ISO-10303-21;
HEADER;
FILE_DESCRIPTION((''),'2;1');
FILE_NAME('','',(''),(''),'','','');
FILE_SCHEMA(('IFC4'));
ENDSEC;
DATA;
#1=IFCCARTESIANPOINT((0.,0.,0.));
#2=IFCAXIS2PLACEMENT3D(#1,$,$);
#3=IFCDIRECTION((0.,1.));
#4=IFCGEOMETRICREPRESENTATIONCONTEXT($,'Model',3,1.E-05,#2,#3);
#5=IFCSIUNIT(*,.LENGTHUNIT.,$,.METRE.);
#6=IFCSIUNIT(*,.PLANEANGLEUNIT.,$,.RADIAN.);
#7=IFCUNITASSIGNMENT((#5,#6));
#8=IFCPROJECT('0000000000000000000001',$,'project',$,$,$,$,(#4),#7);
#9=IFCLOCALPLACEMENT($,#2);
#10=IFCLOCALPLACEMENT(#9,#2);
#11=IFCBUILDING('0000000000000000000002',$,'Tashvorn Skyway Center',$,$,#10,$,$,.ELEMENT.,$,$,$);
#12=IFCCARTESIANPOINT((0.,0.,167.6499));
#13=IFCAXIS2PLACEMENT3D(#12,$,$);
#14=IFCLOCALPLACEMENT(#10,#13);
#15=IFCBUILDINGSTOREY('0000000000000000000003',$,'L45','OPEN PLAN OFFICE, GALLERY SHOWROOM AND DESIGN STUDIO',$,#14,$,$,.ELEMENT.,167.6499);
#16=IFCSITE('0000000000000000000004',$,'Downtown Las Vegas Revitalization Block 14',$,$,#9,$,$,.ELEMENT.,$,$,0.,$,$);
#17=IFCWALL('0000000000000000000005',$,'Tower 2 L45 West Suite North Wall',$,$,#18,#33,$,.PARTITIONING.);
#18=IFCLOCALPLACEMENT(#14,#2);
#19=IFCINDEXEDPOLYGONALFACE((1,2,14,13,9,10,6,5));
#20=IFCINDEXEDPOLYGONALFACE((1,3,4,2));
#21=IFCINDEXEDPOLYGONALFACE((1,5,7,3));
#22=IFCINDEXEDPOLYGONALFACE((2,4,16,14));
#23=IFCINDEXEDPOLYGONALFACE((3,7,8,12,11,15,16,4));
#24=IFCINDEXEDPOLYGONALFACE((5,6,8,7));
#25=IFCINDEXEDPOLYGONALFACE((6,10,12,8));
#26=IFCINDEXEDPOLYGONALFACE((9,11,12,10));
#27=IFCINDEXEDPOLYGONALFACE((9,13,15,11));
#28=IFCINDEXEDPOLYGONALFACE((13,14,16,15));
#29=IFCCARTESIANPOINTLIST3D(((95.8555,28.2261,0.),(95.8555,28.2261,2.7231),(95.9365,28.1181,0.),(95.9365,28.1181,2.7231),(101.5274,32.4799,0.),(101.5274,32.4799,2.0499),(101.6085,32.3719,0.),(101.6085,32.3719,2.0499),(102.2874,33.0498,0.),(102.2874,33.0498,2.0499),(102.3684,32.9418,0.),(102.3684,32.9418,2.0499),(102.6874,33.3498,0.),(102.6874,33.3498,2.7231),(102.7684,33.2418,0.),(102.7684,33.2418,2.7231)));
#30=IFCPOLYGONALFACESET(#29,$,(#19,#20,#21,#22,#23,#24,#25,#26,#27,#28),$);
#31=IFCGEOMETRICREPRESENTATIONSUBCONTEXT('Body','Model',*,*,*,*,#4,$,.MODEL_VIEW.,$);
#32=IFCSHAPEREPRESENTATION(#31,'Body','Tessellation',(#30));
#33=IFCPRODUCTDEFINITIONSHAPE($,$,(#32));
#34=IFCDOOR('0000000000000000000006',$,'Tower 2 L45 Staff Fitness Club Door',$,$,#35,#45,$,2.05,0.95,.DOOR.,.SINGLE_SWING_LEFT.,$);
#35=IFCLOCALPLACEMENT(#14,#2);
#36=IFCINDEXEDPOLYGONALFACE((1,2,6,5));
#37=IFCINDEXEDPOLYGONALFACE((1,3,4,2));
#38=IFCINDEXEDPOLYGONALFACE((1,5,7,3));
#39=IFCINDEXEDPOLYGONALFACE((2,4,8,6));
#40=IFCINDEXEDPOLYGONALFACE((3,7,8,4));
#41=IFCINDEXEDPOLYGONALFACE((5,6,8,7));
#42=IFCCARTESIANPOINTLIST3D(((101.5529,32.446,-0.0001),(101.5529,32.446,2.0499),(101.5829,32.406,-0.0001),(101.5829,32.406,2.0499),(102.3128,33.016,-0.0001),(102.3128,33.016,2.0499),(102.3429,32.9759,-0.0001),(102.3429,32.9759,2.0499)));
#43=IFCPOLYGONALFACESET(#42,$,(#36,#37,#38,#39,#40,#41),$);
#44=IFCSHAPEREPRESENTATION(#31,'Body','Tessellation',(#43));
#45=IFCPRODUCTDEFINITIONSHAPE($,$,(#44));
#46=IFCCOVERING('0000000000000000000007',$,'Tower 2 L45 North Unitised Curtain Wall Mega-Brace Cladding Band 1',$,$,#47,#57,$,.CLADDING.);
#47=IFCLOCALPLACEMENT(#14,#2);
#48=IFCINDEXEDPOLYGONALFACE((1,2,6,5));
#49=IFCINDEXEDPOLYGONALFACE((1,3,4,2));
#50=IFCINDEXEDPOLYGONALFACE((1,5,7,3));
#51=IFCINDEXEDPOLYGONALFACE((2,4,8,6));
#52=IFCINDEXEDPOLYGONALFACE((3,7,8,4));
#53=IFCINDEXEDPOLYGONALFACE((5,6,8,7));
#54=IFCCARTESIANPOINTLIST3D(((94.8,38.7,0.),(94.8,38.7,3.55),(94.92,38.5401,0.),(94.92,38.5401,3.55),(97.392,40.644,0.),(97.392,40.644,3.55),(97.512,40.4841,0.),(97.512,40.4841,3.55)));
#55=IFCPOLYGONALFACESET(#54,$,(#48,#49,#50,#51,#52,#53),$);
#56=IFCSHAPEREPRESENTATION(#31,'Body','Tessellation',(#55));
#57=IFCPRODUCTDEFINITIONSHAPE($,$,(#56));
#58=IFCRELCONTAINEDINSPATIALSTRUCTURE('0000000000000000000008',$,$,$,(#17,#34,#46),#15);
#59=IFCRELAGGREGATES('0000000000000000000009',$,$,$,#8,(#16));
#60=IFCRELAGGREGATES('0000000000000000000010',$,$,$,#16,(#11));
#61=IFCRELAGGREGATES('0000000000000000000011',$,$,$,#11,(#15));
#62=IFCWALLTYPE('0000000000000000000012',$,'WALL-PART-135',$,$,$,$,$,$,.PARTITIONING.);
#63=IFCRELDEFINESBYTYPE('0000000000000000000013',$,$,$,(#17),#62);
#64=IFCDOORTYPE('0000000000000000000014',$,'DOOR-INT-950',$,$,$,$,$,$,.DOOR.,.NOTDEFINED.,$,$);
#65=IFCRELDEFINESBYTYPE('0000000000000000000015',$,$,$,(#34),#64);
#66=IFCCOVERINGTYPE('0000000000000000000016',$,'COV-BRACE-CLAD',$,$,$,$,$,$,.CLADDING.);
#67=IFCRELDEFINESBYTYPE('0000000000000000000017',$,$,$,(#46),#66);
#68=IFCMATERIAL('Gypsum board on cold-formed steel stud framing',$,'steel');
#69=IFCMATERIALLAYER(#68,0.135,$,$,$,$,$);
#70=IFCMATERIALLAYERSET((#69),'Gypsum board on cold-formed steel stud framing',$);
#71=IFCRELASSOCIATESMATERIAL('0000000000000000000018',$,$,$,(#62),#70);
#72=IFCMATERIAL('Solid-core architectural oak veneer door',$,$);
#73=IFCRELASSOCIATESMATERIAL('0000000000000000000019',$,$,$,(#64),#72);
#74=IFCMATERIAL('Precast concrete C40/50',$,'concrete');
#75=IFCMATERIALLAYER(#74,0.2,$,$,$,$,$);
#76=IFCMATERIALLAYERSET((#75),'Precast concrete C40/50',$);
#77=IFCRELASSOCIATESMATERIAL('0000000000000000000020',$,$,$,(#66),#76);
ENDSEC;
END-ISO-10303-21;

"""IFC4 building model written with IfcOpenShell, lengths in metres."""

from ifc_helpers import new_model, si_unit, direction, frame, frame_2d, origin, origin_2d, place, context, subcontext, project, spatial, rectangle, extrude, material, layer, layer_set, type_object, element, fill, save


model = new_model("IFC4")

# Units and contexts
model_context = context("Model", 3, precision=1e-05, world=origin(), true_north=direction((0.0, 1.0)))
body_context = subcontext(model_context, "Body", "Model", "MODEL_VIEW")
ifc_project = project(units=[si_unit("LENGTHUNIT", "METRE"), si_unit("PLANEANGLEUNIT", "RADIAN")], contexts=[model_context])

# Site, building, storey
site_placement = place(None, origin())
site = spatial("IfcSite", under=ifc_project, at=site_placement, Name="Downtown Las Vegas Revitalization Block 14", CompositionType="ELEMENT", RefElevation=0.0)
building_placement = place(site_placement, origin())
building = spatial("IfcBuilding", under=site, at=building_placement, Name="Tashvorn Skyway Center", CompositionType="ELEMENT")
storey_placement = place(building_placement, frame((0.0, 0.0, 167.6499)))
storey = spatial("IfcBuildingStorey", under=building, at=storey_placement, Name="L45", Description="OPEN PLAN OFFICE, GALLERY SHOWROOM AND DESIGN STUDIO", CompositionType="ELEMENT", Elevation=167.6499)

# Shared definitions
ifc_material_1 = material(Name="Gypsum board on cold-formed steel stud framing", Category="steel")

# Shared definitions
ifc_layer_1 = layer(ifc_material_1, 0.135)
ifc_layer_set_1 = layer_set([ifc_layer_1], Name="Gypsum board on cold-formed steel stud framing")
wall_type_1 = type_object("IfcWallType", Name="WALL-PART-135", PredefinedType="PARTITIONING", material=ifc_layer_set_1)
ifc_material_2 = material(Name="Solid-core architectural oak veneer door")
door_type = type_object("IfcDoorType", Name="DOOR-INT-950", OperationType="NOTDEFINED", PredefinedType="DOOR", material=ifc_material_2)

# Wall, opening, door
wall_1_placement = place(storey_placement, frame((102.728, 33.2959, 0.0), z_axis=(0.0, 0.0, 1.0), x_axis=(-0.800014, -0.599982, 0.0)))
wall_1 = element("IfcWall", 1, at=wall_1_placement, inside=storey, type_object=wall_type_1, Name="Tower 2 L45 West Suite North Wall", PredefinedType="PARTITIONING", context=body_context, shape_type="SweptSolid", body=[
    extrude(rectangle(XDim=8.5398, YDim=0.135, at=frame_2d((4.27, 0.0))), origin(), (0.0, 0.0, 1.0), 2.7231),
])
opening_1_placement = place(wall_1_placement, frame((0.5, 0.0, 0.0)))
opening_1 = element("IfcOpeningElement", 2, at=opening_1_placement, cuts=wall_1, PredefinedType="OPENING", context=body_context, shape_type="SweptSolid", body=[
    extrude(rectangle(XDim=0.95, YDim=2.05, at=frame_2d((0.4751, 1.0249))), frame((0.0, 0.0774, 0.0), z_axis=(0.0, -1.0, 0.0), x_axis=(1.0, 0.0, 0.0)), (0.0, 0.0, 1.0), 0.155),
])
door_1_placement = place(opening_1_placement, origin())
door_1 = element("IfcDoor", 3, at=door_1_placement, inside=storey, type_object=door_type, Name="Tower 2 L45 Staff Fitness Club Door", OperationType="SINGLE_SWING_LEFT", OverallHeight=2.05, OverallWidth=0.95, PredefinedType="DOOR", context=body_context, shape_type="SweptSolid", body=[
    extrude(rectangle(XDim=0.95, YDim=2.05, at=frame_2d((0.4751, 1.0249))), frame((0.0, 0.0249, 0.0), z_axis=(0.0, -1.0, 0.0), x_axis=(1.0, 0.0, 0.0)), (0.0, 0.0, 1.0), 0.05),
])
fill(opening_1, door_1)

# Covering
ifc_material_3 = material(Name="Precast concrete C40/50", Category="concrete")
ifc_layer_2 = layer(ifc_material_3, 0.2)
ifc_layer_set_2 = layer_set([ifc_layer_2], Name="Precast concrete C40/50")
covering_type = type_object("IfcCoveringType", Name="COV-BRACE-CLAD", PredefinedType="CLADDING", material=ifc_layer_set_2)
covering_placement = place(storey_placement, frame((96.156, 39.592, 0.0), z_axis=(0.0, 0.0, 1.0), x_axis=(0.8, 0.6, 0.0)))
element("IfcCovering", 4, at=covering_placement, inside=storey, type_object=covering_type, Name="Tower 2 L45 North Unitised Curtain Wall Mega-Brace Cladding Band 1", PredefinedType="CLADDING", context=body_context, shape_type="SweptSolid", body=[
    extrude(rectangle(XDim=3.24, YDim=0.2, at=origin_2d()), origin(), (0.0, 0.0, 1.0), 3.55),
])

save(model, "model.ifc")
